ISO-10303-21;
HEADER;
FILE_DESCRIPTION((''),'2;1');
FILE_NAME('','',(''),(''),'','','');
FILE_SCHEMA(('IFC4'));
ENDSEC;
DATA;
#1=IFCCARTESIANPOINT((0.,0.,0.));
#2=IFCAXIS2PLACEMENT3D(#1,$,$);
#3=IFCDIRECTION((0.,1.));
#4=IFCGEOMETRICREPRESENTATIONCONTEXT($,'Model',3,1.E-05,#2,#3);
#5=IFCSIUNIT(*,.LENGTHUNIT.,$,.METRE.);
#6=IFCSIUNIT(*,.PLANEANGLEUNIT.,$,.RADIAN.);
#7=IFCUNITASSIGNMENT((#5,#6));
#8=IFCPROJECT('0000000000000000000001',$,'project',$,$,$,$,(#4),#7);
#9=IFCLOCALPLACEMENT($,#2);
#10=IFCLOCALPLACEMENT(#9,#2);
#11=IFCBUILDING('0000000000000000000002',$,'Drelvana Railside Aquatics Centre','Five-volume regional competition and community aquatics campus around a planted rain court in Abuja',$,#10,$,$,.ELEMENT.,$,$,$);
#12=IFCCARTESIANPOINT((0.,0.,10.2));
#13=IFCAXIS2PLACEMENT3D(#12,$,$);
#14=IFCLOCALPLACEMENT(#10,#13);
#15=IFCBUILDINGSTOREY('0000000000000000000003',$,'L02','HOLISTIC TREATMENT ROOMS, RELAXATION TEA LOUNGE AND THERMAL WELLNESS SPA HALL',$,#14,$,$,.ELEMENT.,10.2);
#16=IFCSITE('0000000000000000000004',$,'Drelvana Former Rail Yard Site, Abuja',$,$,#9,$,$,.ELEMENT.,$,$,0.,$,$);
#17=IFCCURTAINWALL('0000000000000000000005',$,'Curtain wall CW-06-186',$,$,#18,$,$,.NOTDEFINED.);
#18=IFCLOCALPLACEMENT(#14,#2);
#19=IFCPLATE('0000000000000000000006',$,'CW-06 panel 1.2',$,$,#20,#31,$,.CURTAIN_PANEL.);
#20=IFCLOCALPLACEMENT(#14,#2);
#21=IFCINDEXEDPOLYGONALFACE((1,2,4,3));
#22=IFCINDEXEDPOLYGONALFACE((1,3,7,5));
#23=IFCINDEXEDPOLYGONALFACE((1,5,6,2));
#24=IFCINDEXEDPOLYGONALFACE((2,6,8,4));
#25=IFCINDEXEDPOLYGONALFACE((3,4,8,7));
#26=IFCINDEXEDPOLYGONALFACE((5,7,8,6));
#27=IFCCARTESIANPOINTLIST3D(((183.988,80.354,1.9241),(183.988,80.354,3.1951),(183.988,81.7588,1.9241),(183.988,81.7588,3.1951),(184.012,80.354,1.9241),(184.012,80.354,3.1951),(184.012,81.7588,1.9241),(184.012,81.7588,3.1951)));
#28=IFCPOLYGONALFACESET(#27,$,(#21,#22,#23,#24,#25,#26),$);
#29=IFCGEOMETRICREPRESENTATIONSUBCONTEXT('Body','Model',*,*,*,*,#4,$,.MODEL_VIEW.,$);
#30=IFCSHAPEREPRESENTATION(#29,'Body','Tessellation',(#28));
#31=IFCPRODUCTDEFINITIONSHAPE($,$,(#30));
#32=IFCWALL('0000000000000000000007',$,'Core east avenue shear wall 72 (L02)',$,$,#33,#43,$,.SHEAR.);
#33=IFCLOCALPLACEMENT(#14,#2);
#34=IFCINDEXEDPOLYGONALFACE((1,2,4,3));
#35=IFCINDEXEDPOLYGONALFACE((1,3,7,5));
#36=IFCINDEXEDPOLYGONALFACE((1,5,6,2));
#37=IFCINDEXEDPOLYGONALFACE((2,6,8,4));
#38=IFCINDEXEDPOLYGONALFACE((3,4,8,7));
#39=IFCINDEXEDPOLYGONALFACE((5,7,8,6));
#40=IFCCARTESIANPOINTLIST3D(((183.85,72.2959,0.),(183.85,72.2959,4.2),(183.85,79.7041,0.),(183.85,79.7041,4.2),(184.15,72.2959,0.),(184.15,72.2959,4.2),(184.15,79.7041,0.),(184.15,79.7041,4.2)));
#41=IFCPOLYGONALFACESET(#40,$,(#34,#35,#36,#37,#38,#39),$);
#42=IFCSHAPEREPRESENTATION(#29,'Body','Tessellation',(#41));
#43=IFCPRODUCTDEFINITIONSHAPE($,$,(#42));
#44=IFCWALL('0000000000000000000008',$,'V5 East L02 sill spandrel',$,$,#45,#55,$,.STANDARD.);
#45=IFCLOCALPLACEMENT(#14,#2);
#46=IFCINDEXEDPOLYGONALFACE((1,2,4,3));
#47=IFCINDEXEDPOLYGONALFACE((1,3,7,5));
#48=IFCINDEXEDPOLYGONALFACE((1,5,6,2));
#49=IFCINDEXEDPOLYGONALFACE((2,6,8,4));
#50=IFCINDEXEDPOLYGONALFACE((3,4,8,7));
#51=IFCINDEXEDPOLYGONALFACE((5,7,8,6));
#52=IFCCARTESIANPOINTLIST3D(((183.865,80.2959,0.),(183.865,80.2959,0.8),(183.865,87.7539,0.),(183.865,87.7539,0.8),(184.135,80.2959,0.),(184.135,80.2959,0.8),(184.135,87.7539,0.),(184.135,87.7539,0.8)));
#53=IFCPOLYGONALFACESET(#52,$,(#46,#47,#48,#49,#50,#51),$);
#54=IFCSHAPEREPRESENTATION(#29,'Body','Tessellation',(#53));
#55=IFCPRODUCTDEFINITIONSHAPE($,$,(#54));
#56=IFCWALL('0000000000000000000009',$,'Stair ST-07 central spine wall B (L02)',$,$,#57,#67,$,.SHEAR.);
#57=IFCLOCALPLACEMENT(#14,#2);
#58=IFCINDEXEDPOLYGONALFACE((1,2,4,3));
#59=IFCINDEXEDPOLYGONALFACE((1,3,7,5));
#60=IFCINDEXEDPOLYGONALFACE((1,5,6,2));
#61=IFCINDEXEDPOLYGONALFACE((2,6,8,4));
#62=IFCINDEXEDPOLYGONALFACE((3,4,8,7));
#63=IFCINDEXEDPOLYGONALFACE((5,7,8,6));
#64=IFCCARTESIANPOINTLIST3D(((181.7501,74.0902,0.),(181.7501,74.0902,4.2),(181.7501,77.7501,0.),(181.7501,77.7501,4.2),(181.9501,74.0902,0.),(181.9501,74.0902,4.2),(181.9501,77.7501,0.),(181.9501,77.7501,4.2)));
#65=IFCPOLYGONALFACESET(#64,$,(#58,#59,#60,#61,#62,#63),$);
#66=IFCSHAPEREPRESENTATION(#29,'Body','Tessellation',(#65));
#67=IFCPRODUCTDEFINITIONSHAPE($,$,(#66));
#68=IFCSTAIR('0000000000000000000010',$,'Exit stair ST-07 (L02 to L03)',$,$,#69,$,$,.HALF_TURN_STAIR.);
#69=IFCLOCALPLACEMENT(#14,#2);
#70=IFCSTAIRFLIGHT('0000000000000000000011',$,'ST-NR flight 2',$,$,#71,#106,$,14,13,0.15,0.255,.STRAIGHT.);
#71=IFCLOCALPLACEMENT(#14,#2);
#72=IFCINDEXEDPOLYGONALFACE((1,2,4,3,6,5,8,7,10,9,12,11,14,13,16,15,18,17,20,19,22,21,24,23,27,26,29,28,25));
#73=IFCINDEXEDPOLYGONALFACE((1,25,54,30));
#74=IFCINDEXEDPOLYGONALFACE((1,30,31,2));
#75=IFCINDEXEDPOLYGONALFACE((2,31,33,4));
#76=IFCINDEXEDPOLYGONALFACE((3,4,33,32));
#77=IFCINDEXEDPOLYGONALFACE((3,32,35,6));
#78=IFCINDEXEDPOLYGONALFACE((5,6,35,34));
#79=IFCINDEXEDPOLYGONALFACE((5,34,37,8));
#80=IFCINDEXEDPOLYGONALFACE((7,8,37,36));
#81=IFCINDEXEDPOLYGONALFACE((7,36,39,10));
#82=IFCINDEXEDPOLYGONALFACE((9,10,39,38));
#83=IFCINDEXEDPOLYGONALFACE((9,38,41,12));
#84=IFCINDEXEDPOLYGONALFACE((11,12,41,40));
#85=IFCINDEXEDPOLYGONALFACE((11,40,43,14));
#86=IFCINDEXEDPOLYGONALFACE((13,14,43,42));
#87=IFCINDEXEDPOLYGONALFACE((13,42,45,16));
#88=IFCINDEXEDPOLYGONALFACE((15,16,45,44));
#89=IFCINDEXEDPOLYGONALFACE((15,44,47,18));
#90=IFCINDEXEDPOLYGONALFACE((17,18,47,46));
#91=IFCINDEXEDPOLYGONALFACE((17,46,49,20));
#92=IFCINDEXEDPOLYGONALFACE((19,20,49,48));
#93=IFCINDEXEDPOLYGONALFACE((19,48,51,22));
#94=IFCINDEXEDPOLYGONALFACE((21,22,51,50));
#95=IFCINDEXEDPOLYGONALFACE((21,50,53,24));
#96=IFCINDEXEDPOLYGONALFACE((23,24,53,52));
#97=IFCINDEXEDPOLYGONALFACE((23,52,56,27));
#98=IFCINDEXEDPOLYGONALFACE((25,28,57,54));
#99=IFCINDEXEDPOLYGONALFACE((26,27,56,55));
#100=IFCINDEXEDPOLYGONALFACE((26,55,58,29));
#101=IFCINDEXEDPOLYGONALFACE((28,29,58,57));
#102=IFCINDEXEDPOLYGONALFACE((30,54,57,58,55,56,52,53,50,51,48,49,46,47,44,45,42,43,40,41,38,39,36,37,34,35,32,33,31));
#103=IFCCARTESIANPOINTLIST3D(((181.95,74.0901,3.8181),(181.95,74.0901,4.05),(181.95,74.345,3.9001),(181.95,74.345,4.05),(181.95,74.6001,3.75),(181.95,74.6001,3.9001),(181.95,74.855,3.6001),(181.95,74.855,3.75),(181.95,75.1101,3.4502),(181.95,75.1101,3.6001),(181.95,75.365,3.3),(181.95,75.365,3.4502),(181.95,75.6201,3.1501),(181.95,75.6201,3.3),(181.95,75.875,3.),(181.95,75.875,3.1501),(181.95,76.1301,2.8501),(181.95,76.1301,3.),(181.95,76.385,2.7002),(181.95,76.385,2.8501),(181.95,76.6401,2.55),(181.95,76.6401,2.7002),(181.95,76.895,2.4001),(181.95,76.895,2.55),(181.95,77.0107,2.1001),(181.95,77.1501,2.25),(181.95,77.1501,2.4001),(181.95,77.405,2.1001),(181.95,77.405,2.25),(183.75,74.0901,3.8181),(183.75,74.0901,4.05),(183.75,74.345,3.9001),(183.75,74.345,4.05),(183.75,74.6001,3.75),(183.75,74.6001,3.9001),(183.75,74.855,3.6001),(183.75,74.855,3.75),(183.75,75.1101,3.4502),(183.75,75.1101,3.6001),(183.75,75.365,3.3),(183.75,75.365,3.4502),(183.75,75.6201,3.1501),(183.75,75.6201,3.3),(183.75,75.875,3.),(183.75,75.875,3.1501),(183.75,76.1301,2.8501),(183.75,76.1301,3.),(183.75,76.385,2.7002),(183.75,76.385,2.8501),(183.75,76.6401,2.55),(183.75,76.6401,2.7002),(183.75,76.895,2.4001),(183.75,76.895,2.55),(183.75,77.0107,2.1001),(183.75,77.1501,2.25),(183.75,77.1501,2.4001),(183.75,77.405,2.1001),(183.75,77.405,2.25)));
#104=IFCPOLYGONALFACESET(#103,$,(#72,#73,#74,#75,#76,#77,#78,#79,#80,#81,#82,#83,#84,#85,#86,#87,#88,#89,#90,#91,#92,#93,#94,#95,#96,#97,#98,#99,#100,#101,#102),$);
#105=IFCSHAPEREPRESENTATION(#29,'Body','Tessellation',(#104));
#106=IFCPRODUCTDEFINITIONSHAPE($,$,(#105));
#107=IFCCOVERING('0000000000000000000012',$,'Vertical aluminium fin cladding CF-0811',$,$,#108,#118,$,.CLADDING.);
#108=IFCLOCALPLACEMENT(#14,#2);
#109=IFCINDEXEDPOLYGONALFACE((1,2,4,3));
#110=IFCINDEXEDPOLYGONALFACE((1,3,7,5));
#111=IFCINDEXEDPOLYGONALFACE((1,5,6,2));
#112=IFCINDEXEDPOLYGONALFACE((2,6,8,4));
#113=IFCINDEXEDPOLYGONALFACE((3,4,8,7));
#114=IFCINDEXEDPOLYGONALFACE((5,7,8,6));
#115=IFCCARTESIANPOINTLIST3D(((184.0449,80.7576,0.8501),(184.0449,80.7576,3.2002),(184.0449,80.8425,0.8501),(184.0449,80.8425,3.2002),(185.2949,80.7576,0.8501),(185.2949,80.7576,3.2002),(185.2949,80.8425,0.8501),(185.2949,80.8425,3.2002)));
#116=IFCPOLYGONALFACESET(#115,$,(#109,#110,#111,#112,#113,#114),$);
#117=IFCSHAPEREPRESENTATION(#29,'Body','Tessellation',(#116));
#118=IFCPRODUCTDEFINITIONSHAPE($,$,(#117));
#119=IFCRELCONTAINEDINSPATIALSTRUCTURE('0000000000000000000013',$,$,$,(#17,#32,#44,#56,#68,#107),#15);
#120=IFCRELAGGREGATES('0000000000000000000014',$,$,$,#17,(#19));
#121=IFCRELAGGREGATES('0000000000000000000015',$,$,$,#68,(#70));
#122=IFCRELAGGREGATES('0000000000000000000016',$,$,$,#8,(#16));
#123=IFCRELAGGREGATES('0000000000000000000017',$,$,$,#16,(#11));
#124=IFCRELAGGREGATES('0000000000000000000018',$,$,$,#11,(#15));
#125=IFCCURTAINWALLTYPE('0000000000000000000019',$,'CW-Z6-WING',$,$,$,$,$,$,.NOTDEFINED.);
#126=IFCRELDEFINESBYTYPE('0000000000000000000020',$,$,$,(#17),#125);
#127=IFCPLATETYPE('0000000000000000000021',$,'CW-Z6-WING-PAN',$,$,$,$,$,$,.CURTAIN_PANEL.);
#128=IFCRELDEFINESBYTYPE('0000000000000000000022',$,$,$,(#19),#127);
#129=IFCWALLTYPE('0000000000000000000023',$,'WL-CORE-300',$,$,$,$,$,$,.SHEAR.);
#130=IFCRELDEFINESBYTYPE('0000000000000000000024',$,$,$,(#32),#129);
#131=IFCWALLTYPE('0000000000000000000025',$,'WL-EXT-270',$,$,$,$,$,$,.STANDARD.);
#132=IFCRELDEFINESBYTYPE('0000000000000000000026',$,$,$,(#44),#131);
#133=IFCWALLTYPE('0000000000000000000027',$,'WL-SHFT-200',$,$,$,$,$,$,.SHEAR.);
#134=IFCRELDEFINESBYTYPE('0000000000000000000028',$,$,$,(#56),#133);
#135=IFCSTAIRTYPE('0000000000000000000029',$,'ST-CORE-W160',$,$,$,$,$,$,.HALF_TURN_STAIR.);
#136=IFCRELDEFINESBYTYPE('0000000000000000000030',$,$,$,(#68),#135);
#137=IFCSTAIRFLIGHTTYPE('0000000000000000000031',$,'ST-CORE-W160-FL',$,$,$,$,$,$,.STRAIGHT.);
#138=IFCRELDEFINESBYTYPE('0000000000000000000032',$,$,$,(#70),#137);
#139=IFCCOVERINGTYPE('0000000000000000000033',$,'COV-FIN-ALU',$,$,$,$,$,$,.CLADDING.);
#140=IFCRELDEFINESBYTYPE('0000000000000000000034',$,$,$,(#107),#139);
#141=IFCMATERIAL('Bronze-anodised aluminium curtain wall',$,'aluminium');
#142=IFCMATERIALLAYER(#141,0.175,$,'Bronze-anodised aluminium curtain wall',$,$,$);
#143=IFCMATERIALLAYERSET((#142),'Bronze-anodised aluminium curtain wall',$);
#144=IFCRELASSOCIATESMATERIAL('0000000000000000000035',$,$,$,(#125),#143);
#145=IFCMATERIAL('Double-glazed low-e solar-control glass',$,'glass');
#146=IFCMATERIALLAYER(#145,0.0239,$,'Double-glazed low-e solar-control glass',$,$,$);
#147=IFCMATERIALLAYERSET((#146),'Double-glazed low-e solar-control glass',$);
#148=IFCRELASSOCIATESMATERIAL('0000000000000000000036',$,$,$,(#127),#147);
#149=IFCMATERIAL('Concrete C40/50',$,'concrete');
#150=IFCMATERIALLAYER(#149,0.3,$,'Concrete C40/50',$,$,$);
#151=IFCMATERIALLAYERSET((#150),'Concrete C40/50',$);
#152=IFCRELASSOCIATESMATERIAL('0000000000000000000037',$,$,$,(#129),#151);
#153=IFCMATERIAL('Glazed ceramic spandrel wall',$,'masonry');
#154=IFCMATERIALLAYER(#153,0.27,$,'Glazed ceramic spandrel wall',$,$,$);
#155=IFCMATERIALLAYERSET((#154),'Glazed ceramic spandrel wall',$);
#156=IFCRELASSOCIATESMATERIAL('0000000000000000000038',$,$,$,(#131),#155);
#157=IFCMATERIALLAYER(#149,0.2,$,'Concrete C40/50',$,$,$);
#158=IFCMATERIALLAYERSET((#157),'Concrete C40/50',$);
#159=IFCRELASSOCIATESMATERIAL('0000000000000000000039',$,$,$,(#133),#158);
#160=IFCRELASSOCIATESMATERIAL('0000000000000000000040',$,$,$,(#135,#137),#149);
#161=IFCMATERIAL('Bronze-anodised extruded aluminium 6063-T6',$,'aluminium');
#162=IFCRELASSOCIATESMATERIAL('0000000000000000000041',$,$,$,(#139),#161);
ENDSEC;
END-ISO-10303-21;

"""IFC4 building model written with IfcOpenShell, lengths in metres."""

from ifc_helpers import new_model, si_unit, direction, frame, frame_2d, origin, origin_2d, place, context, subcontext, project, spatial, polyline, rectangle, outline, extrude, material, layer, layer_set, type_object, element, aggregate, save


model = new_model("IFC4")

# Units and contexts
model_context = context("Model", 3, precision=1e-05, world=origin(), true_north=direction((0.0, 1.0)))
body_context = subcontext(model_context, "Body", "Model", "MODEL_VIEW")
ifc_project = project(units=[si_unit("LENGTHUNIT", "METRE"), si_unit("PLANEANGLEUNIT", "RADIAN")], contexts=[model_context])

# Site, building, storey
site_placement = place(None, origin())
site = spatial("IfcSite", under=ifc_project, at=site_placement, Name="Drelvana Former Rail Yard Site, Abuja", CompositionType="ELEMENT", RefElevation=0.0)
building_placement = place(site_placement, origin())
building = spatial("IfcBuilding", under=site, at=building_placement, Name="Drelvana Railside Aquatics Centre", Description="Five-volume regional competition and community aquatics campus around a planted rain court in Abuja", CompositionType="ELEMENT")
storey_placement = place(building_placement, frame((0.0, 0.0, 10.2)))
storey = spatial("IfcBuildingStorey", under=building, at=storey_placement, Name="L02", Description="HOLISTIC TREATMENT ROOMS, RELAXATION TEA LOUNGE AND THERMAL WELLNESS SPA HALL", CompositionType="ELEMENT", Elevation=10.2)

# Shared definitions
ifc_material_1 = material(Name="Concrete C40/50", Category="concrete")

# Curtain wall
ifc_material_2 = material(Name="Bronze-anodised aluminium curtain wall", Category="aluminium")
ifc_layer_1 = layer(ifc_material_2, 0.175, Name="Bronze-anodised aluminium curtain wall")
ifc_layer_set_1 = layer_set([ifc_layer_1], Name="Bronze-anodised aluminium curtain wall")
curtain_wall_type = type_object("IfcCurtainWallType", Name="CW-Z6-WING", PredefinedType="NOTDEFINED", material=ifc_layer_set_1)
curtain_wall_placement = place(storey_placement, origin())
curtain_wall = element("IfcCurtainWall", 1, at=curtain_wall_placement, inside=storey, type_object=curtain_wall_type, Name="Curtain wall CW-06-186", PredefinedType="NOTDEFINED")

# Plate
ifc_material_3 = material(Name="Double-glazed low-e solar-control glass", Category="glass")
ifc_layer_2 = layer(ifc_material_3, 0.0239, Name="Double-glazed low-e solar-control glass")
ifc_layer_set_2 = layer_set([ifc_layer_2], Name="Double-glazed low-e solar-control glass")
plate_type = type_object("IfcPlateType", Name="CW-Z6-WING-PAN", PredefinedType="CURTAIN_PANEL", material=ifc_layer_set_2)
plate_1_placement = place(storey_placement, frame((184.0, 81.0564, 1.9241), z_axis=(0.0, 0.0, 1.0), x_axis=(0.0, 1.0, 0.0)))
plate_1 = element("IfcPlate", 2, at=plate_1_placement, type_object=plate_type, Name="CW-06 panel 1.2", PredefinedType="CURTAIN_PANEL", context=body_context, shape_type="SweptSolid", body=[
    extrude(rectangle(XDim=1.4048, YDim=0.0239, at=origin_2d()), origin(), (0.0, 0.0, 1.0), 1.271),
])
aggregate(curtain_wall, [plate_1])

# Walls
ifc_layer_3 = layer(ifc_material_1, 0.3, Name="Concrete C40/50")
ifc_layer_set_3 = layer_set([ifc_layer_3], Name="Concrete C40/50")
wall_type_1 = type_object("IfcWallType", Name="WL-CORE-300", PredefinedType="SHEAR", material=ifc_layer_set_3)
wall_1_placement = place(storey_placement, frame((184.0, 72.2959, 0.0), z_axis=(0.0, 0.0, 1.0), x_axis=(0.0, 1.0, 0.0)))
element("IfcWall", 3, at=wall_1_placement, inside=storey, type_object=wall_type_1, Name="Core east avenue shear wall 72 (L02)", PredefinedType="SHEAR", context=body_context, shape_type="SweptSolid", body=[
    extrude(rectangle(XDim=7.4082, YDim=0.3, at=frame_2d((3.7041, 0.0))), origin(), (0.0, 0.0, 1.0), 4.2),
])
ifc_material_4 = material(Name="Glazed ceramic spandrel wall", Category="masonry")
ifc_layer_4 = layer(ifc_material_4, 0.27, Name="Glazed ceramic spandrel wall")
ifc_layer_set_4 = layer_set([ifc_layer_4], Name="Glazed ceramic spandrel wall")
wall_type_2 = type_object("IfcWallType", Name="WL-EXT-270", PredefinedType="STANDARD", material=ifc_layer_set_4)
wall_2_placement = place(storey_placement, frame((184.0, 80.2959, 0.0), z_axis=(0.0, 0.0, 1.0), x_axis=(0.0, 1.0, 0.0)))
element("IfcWall", 4, at=wall_2_placement, inside=storey, type_object=wall_type_2, Name="V5 East L02 sill spandrel", PredefinedType="STANDARD", context=body_context, shape_type="SweptSolid", body=[
    extrude(rectangle(XDim=7.458, YDim=0.27, at=frame_2d((3.729, 0.0))), origin(), (0.0, 0.0, 1.0), 0.8),
])
ifc_layer_5 = layer(ifc_material_1, 0.2, Name="Concrete C40/50")
ifc_layer_set_5 = layer_set([ifc_layer_5], Name="Concrete C40/50")
wall_type_3 = type_object("IfcWallType", Name="WL-SHFT-200", PredefinedType="SHEAR", material=ifc_layer_set_5)
wall_3_placement = place(storey_placement, frame((181.8501, 74.0901, 0.0), z_axis=(0.0, 0.0, 1.0), x_axis=(0.0, 1.0, 0.0)))
element("IfcWall", 5, at=wall_3_placement, inside=storey, type_object=wall_type_3, Name="Stair ST-07 central spine wall B (L02)", PredefinedType="SHEAR", context=body_context, shape_type="SweptSolid", body=[
    extrude(rectangle(XDim=3.6599, YDim=0.2, at=frame_2d((1.8301, 0.0))), origin(), (0.0, 0.0, 1.0), 4.2),
])

# Stair, stair flight
stair_type = type_object("IfcStairType", Name="ST-CORE-W160", PredefinedType="HALF_TURN_STAIR", material=ifc_material_1)
stair_placement = place(storey_placement, origin())
stair = element("IfcStair", 6, at=stair_placement, inside=storey, type_object=stair_type, Name="Exit stair ST-07 (L02 to L03)", PredefinedType="HALF_TURN_STAIR")
stair_flight_type = type_object("IfcStairFlightType", Name="ST-CORE-W160-FL", PredefinedType="STRAIGHT", material=ifc_material_1)
stair_flight_placement = place(storey_placement, frame((182.8501, 77.405, 2.1001), z_axis=(0.0, 0.0, 1.0), x_axis=(0.0, -1.0, 0.0)))
stair_flight = element("IfcStairFlight", 7, at=stair_flight_placement, type_object=stair_flight_type, Name="ST-NR flight 2", NumberOfRisers=14, NumberOfTreads=13, PredefinedType="STRAIGHT", RiserHeight=0.15, TreadLength=0.255, context=body_context, shape_type="SweptSolid", body=[
    extrude(outline(polyline([(0.0, 0.0), (0.0, 0.1499), (0.2549, 0.1499), (0.2549, 0.3), (0.51, 0.3), (0.51, 0.45), (0.7649, 0.45), (0.7649, 0.6001), (1.02, 0.6001), (1.02, 0.75), (1.2749, 0.75), (1.2749, 0.8999), (1.53, 0.8999), (1.53, 1.05), (1.7849, 1.05), (1.7849, 1.2), (2.04, 1.2), (2.04, 1.3501), (2.2949, 1.3501), (2.2949, 1.5), (2.55, 1.5), (2.55, 1.6499), (2.8049, 1.6499), (2.8049, 1.8), (3.0601, 1.8), (3.0601, 1.95), (3.3149, 1.95), (3.3149, 2.1001), (3.3149, 1.718), (0.3943, 0.0), (0.0, 0.0)])), frame((0.0, 0.8999, 0.0), z_axis=(0.0, -1.0, 0.0), x_axis=(1.0, 0.0, 0.0)), (0.0, 0.0, 1.0), 1.8),
])
aggregate(stair, [stair_flight])

# Covering
ifc_material_5 = material(Name="Bronze-anodised extruded aluminium 6063-T6", Category="aluminium")
covering_type = type_object("IfcCoveringType", Name="COV-FIN-ALU", PredefinedType="CLADDING", material=ifc_material_5)
covering_placement = place(storey_placement, frame((184.6699, 80.8, 0.8501), z_axis=(0.0, 0.0, 1.0), x_axis=(0.0, -1.0, 0.0)))
element("IfcCovering", 8, at=covering_placement, inside=storey, type_object=covering_type, Name="Vertical aluminium fin cladding CF-0811", PredefinedType="CLADDING", context=body_context, shape_type="SweptSolid", body=[
    extrude(rectangle(XDim=0.085, YDim=1.25, at=origin_2d()), origin(), (0.0, 0.0, 1.0), 2.3501),
])

save(model, "model.ifc")
